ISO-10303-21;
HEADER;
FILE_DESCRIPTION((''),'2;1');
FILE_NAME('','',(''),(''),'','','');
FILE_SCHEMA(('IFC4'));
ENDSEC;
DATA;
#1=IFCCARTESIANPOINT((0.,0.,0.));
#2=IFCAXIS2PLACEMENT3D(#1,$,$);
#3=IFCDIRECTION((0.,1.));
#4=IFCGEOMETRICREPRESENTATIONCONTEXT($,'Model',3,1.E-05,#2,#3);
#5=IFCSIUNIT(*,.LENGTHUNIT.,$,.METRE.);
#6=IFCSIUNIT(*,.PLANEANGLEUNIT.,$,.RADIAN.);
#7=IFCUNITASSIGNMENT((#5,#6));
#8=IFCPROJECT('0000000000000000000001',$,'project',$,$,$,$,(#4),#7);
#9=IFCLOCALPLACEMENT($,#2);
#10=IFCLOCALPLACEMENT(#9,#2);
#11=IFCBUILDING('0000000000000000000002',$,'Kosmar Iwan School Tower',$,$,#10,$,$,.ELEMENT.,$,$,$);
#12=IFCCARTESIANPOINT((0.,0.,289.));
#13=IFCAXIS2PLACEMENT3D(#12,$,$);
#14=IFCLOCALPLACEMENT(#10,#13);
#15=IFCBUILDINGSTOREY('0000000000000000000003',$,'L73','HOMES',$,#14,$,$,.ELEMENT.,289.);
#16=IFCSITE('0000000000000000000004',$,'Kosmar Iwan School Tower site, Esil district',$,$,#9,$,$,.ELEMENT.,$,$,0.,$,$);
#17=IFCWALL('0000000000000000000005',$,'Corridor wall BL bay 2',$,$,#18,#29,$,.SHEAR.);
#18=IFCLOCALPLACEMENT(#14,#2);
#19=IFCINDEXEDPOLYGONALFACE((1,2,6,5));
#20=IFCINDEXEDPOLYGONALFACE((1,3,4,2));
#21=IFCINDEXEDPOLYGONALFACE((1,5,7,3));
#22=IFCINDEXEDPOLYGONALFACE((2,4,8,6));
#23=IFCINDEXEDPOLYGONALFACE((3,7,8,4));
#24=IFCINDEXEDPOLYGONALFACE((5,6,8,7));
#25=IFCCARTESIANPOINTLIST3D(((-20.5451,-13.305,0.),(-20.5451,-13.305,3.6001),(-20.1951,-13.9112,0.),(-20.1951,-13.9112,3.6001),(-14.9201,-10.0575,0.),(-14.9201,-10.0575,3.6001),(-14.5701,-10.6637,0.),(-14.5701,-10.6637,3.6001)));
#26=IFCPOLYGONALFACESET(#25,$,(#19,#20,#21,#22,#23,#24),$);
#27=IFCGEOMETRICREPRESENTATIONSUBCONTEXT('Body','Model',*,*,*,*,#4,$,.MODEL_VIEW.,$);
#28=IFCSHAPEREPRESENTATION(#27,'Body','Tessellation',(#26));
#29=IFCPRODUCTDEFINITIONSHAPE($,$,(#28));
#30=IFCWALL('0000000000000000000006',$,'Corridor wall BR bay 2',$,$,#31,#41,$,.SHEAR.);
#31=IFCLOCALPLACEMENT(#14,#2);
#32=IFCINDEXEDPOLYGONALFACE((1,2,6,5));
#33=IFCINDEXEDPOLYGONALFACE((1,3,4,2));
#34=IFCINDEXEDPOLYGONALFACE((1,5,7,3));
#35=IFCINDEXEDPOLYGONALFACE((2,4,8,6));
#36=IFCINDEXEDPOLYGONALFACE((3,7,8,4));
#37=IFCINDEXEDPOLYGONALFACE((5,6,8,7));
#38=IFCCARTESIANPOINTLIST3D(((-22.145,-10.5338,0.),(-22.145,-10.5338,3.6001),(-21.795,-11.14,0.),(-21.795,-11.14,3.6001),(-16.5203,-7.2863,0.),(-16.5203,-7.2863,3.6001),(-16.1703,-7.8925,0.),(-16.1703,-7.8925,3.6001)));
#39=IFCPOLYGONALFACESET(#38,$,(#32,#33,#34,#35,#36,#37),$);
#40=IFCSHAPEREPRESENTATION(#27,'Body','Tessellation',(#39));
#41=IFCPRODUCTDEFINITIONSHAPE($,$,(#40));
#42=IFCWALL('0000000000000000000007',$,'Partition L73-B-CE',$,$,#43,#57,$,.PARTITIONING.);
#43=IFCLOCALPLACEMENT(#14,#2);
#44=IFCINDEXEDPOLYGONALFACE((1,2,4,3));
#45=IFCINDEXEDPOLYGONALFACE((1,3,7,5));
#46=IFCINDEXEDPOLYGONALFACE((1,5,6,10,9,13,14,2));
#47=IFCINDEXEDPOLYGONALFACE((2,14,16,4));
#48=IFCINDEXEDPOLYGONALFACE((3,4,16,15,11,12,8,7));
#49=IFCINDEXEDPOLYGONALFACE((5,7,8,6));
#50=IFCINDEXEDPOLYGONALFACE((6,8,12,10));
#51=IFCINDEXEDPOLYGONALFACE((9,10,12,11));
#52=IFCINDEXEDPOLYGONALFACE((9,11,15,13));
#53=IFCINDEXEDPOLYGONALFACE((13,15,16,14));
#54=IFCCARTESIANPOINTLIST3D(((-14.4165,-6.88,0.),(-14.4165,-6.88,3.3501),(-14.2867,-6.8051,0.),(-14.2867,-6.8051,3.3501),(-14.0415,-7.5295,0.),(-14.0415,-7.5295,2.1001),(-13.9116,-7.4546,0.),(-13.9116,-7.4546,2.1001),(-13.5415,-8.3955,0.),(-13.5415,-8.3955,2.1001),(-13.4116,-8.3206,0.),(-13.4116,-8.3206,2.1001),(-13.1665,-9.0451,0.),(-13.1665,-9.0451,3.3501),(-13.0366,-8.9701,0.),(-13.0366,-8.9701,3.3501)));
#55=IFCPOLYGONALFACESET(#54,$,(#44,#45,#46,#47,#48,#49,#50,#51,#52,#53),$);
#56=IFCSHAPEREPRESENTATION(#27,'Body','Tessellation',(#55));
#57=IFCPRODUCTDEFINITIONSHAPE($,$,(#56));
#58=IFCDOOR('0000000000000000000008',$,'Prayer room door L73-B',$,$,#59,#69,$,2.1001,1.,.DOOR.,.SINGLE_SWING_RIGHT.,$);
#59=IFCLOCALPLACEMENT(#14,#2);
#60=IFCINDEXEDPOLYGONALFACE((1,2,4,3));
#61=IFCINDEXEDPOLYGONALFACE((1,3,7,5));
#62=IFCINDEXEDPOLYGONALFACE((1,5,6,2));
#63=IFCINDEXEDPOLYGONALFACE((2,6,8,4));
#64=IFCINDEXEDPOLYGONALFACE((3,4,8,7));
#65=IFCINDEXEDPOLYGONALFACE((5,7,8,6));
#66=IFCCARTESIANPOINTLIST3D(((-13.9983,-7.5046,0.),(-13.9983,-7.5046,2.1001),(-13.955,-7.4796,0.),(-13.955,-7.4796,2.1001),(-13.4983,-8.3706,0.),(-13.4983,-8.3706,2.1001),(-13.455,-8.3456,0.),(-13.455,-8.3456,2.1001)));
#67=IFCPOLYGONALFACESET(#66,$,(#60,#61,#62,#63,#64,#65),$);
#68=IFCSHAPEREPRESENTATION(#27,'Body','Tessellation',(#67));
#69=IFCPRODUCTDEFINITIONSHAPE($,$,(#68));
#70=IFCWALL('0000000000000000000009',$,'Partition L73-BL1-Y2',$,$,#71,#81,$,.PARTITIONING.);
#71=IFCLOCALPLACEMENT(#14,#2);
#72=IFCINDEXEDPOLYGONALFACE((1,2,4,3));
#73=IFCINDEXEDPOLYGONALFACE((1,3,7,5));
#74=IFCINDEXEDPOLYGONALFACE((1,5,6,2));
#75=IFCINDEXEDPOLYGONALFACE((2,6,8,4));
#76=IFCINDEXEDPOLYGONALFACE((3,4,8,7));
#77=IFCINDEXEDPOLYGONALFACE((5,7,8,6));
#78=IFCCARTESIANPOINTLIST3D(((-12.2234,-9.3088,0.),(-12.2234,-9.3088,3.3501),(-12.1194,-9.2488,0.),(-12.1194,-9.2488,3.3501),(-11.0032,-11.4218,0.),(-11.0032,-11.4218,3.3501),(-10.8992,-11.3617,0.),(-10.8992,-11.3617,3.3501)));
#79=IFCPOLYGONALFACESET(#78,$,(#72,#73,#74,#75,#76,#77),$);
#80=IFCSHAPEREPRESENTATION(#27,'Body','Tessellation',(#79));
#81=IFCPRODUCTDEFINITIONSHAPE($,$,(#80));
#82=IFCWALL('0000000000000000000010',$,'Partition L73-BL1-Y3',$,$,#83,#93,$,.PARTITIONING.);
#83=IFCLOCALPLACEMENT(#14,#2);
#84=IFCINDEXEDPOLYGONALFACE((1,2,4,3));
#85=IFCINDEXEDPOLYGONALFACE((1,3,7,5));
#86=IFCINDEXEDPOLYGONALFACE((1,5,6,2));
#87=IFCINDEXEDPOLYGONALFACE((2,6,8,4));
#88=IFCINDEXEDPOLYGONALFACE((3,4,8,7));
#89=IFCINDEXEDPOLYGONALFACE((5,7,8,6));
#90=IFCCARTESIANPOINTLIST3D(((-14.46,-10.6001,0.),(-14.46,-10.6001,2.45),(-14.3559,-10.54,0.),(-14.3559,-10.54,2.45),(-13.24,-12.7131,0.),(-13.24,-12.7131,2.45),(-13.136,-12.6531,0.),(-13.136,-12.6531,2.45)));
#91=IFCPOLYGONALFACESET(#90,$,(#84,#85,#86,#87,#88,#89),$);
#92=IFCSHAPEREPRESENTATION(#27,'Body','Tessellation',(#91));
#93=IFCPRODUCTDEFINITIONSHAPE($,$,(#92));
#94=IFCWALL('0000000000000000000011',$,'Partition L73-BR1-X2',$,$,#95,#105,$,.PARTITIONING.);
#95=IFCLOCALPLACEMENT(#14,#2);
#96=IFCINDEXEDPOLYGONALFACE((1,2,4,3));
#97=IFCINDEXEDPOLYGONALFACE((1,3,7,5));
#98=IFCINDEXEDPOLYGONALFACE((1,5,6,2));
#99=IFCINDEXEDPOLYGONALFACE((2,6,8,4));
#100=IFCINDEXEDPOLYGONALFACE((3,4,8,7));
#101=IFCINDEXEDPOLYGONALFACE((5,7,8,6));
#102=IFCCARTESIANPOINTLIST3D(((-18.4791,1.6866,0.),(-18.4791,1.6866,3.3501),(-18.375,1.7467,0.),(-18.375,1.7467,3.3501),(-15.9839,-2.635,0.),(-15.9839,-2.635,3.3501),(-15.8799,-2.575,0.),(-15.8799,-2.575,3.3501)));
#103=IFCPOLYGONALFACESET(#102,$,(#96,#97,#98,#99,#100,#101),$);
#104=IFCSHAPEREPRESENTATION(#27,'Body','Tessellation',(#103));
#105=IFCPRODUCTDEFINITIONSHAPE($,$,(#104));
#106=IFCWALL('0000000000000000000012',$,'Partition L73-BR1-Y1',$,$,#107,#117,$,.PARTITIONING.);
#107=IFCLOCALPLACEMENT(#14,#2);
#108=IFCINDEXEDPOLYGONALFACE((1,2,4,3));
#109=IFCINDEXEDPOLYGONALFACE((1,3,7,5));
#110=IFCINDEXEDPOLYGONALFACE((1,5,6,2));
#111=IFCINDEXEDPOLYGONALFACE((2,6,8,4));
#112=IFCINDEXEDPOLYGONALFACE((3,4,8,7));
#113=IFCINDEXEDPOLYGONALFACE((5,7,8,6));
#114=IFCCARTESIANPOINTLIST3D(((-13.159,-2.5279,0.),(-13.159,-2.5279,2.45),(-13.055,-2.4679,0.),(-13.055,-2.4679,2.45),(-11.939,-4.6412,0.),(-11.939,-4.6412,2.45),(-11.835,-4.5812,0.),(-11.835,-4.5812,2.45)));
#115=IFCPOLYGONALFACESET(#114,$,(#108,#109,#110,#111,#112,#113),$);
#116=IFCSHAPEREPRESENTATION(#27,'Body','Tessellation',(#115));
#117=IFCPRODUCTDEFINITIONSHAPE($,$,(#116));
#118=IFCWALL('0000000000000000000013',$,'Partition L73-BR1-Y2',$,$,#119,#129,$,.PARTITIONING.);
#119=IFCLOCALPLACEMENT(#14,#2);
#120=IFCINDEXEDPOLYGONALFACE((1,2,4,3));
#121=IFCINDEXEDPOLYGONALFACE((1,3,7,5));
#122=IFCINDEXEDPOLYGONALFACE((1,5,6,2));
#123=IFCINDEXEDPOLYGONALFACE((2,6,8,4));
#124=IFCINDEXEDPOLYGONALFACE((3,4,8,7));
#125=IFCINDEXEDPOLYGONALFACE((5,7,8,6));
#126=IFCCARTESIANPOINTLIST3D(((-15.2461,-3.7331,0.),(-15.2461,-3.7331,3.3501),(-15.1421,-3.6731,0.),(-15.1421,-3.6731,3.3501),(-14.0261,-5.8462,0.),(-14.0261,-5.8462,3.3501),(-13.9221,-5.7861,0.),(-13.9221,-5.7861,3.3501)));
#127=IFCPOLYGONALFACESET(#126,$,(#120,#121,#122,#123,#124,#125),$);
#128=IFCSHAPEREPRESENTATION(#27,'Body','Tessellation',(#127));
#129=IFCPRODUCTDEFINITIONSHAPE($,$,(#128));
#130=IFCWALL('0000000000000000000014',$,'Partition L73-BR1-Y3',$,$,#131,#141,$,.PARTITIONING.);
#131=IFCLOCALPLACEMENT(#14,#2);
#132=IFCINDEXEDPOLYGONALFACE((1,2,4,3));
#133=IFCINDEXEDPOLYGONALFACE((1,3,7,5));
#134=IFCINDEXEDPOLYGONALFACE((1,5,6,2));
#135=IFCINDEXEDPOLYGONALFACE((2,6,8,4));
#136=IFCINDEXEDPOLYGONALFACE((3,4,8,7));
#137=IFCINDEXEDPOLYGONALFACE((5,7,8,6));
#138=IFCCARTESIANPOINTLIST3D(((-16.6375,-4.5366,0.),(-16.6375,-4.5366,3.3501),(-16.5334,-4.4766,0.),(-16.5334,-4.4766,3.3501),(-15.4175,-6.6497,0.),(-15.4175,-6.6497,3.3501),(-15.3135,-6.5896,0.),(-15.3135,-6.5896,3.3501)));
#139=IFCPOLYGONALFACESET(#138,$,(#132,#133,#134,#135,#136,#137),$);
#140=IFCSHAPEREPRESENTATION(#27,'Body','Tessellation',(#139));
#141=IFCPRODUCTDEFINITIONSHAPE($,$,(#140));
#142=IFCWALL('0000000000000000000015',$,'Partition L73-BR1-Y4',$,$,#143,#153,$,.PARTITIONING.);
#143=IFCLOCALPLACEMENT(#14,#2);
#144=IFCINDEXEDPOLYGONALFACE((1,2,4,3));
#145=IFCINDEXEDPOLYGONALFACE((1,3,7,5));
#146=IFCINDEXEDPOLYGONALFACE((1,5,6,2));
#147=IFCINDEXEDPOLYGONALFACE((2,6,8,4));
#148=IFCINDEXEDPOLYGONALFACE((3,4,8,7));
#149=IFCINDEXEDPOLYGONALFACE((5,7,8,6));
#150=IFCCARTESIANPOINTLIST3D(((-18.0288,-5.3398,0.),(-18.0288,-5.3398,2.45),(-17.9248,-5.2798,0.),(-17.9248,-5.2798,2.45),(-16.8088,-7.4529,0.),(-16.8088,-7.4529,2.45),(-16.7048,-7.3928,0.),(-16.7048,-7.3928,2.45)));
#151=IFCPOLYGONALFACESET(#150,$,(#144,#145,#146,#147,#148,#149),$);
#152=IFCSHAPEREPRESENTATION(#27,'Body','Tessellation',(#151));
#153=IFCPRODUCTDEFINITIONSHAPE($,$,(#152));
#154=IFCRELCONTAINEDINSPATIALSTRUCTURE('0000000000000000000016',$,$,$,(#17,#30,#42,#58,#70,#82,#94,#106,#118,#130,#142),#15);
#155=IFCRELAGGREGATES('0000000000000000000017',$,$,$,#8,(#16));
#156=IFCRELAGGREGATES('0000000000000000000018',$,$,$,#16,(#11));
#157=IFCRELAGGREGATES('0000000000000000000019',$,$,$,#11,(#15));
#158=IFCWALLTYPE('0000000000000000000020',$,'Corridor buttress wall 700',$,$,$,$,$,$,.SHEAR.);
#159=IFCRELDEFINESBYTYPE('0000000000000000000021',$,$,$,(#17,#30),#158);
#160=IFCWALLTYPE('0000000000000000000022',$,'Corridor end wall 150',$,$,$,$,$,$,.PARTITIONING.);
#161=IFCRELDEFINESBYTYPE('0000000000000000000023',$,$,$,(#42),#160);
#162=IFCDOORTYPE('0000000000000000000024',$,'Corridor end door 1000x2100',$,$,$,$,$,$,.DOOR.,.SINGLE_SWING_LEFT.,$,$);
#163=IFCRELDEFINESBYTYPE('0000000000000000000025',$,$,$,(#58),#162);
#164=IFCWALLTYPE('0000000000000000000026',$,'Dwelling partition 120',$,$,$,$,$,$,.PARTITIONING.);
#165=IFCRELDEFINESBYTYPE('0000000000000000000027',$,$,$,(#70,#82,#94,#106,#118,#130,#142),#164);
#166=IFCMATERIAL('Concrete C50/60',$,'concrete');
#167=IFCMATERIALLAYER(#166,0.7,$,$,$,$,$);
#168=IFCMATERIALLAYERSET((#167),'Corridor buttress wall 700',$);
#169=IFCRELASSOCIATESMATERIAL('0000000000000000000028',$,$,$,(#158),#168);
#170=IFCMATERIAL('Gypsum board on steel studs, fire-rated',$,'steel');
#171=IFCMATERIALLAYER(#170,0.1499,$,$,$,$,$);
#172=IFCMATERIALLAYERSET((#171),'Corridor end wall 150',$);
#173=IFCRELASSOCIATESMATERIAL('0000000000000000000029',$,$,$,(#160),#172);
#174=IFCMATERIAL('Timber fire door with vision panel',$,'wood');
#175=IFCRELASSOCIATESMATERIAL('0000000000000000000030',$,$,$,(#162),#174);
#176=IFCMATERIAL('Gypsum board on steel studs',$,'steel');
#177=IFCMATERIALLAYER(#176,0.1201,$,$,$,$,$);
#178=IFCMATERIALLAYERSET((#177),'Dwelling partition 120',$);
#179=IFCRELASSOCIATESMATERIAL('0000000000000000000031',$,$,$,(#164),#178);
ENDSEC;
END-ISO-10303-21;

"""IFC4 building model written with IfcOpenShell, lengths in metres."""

from ifc_helpers import new_model, si_unit, direction, frame, frame_2d, origin, place, context, subcontext, project, spatial, rectangle, extrude, material, layer, layer_set, type_object, element, fill, save


model = new_model("IFC4")

# Units and contexts
model_context = context("Model", 3, precision=1e-05, world=origin(), true_north=direction((0.0, 1.0)))
body_context = subcontext(model_context, "Body", "Model", "MODEL_VIEW")
ifc_project = project(units=[si_unit("LENGTHUNIT", "METRE"), si_unit("PLANEANGLEUNIT", "RADIAN")], contexts=[model_context])

# Site, building, storey
site_placement = place(None, origin())
site = spatial("IfcSite", under=ifc_project, at=site_placement, Name="Kosmar Iwan School Tower site, Esil district", CompositionType="ELEMENT", RefElevation=0.0)
building_placement = place(site_placement, origin())
building = spatial("IfcBuilding", under=site, at=building_placement, Name="Kosmar Iwan School Tower", CompositionType="ELEMENT")
storey_placement = place(building_placement, frame((0.0, 0.0, 289.0)))
storey = spatial("IfcBuildingStorey", under=building, at=storey_placement, Name="L73", Description="HOMES", CompositionType="ELEMENT", Elevation=289.0)

# Walls
ifc_material_1 = material(Name="Concrete C50/60", Category="concrete")
ifc_layer_1 = layer(ifc_material_1, 0.7)
ifc_layer_set_1 = layer_set([ifc_layer_1], Name="Corridor buttress wall 700")
wall_type_1 = type_object("IfcWallType", Name="Corridor buttress wall 700", PredefinedType="SHEAR", material=ifc_layer_set_1)
wall_1_placement = place(storey_placement, frame((-14.7451, -10.3606, 0.0), z_axis=(0.0, 0.0, 1.0), x_axis=(-0.866028, -0.499996, 0.0)))
element("IfcWall", 1, at=wall_1_placement, inside=storey, type_object=wall_type_1, Name="Corridor wall BL bay 2", PredefinedType="SHEAR", context=body_context, shape_type="SweptSolid", body=[
    extrude(rectangle(XDim=6.4951, YDim=0.7, at=frame_2d((3.2476, 0.0))), origin(), (0.0, 0.0, 1.0), 3.6001),
])
wall_2_placement = place(storey_placement, frame((-16.3452, -7.5894, 0.0), z_axis=(0.0, 0.0, 1.0), x_axis=(-0.866018, -0.500012, 0.0)))
element("IfcWall", 2, at=wall_2_placement, inside=storey, type_object=wall_type_1, Name="Corridor wall BR bay 2", PredefinedType="SHEAR", context=body_context, shape_type="SweptSolid", body=[
    extrude(rectangle(XDim=6.4949, YDim=0.7, at=frame_2d((3.2476, 0.0))), origin(), (0.0, 0.0, 1.0), 3.6001),
])

# Wall, opening, door
ifc_material_2 = material(Name="Gypsum board on steel studs, fire-rated", Category="steel")
ifc_layer_2 = layer(ifc_material_2, 0.1499)
ifc_layer_set_2 = layer_set([ifc_layer_2], Name="Corridor end wall 150")
wall_type_2 = type_object("IfcWallType", Name="Corridor end wall 150", PredefinedType="PARTITIONING", material=ifc_layer_set_2)
wall_3_placement = place(storey_placement, frame((-14.3516, -6.8425, 0.0), z_axis=(0.0, 0.0, 1.0), x_axis=(0.500004, -0.866023, 0.0)))
wall_3 = element("IfcWall", 3, at=wall_3_placement, inside=storey, type_object=wall_type_2, Name="Partition L73-B-CE", PredefinedType="PARTITIONING", context=body_context, shape_type="SweptSolid", body=[
    extrude(rectangle(XDim=2.5, YDim=0.1499, at=frame_2d((1.25, 0.0))), origin(), (0.0, 0.0, 1.0), 3.3501),
])
opening_placement = place(wall_3_placement, frame((0.75, 0.0, 0.0)))
opening = element("IfcOpeningElement", 4, at=opening_placement, cuts=wall_3, PredefinedType="OPENING", context=body_context, shape_type="SweptSolid", body=[
    extrude(rectangle(XDim=1.0, YDim=2.1001, at=frame_2d((0.5, 1.05))), frame((0.0, 0.0869, 0.0), z_axis=(0.0, -1.0, 0.0), x_axis=(1.0, 0.0, 0.0)), (0.0, 0.0, 1.0), 0.1738),
])
ifc_material_3 = material(Name="Timber fire door with vision panel", Category="wood")
door_type = type_object("IfcDoorType", Name="Corridor end door 1000x2100", OperationType="SINGLE_SWING_LEFT", PredefinedType="DOOR", material=ifc_material_3)
door_placement = place(opening_placement, origin())
door = element("IfcDoor", 5, at=door_placement, inside=storey, type_object=door_type, Name="Prayer room door L73-B", OperationType="SINGLE_SWING_RIGHT", OverallHeight=2.1001, OverallWidth=1.0, PredefinedType="DOOR", context=body_context, shape_type="SweptSolid", body=[
    extrude(rectangle(XDim=1.0, YDim=2.1001, at=frame_2d((0.5, 1.05))), frame((0.0, 0.0249, 0.0), z_axis=(0.0, -1.0, 0.0), x_axis=(1.0, 0.0, 0.0)), (0.0, 0.0, 1.0), 0.05),
])
fill(opening, door)

# Walls
ifc_material_4 = material(Name="Gypsum board on steel studs", Category="steel")
ifc_layer_3 = layer(ifc_material_4, 0.1201)
ifc_layer_set_3 = layer_set([ifc_layer_3], Name="Dwelling partition 120")
wall_type_3 = type_object("IfcWallType", Name="Dwelling partition 120", PredefinedType="PARTITIONING", material=ifc_layer_set_3)
wall_4_placement = place(storey_placement, frame((-12.1714, -9.2788, 0.0), z_axis=(0.0, 0.0, 1.0), x_axis=(0.500078, -0.865981, 0.0)))
element("IfcWall", 6, at=wall_4_placement, inside=storey, type_object=wall_type_3, Name="Partition L73-BL1-Y2", PredefinedType="PARTITIONING", context=body_context, shape_type="SweptSolid", body=[
    extrude(rectangle(XDim=2.4399, YDim=0.1201, at=frame_2d((1.22, 0.0))), origin(), (0.0, 0.0, 1.0), 3.3501),
])
wall_5_placement = place(storey_placement, frame((-14.408, -10.5701, 0.0), z_axis=(0.0, 0.0, 1.0), x_axis=(0.500003, -0.866024, 0.0)))
element("IfcWall", 7, at=wall_5_placement, inside=storey, type_object=wall_type_3, Name="Partition L73-BL1-Y3", PredefinedType="PARTITIONING", context=body_context, shape_type="SweptSolid", body=[
    extrude(rectangle(XDim=2.4399, YDim=0.1201, at=frame_2d((1.22, 0.0))), origin(), (0.0, 0.0, 1.0), 2.45),
])
wall_6_placement = place(storey_placement, frame((-15.9319, -2.605, 0.0), z_axis=(0.0, 0.0, 1.0), x_axis=(-0.500012, 0.866019, 0.0)))
element("IfcWall", 8, at=wall_6_placement, inside=storey, type_object=wall_type_3, Name="Partition L73-BR1-X2", PredefinedType="PARTITIONING", context=body_context, shape_type="SweptSolid", body=[
    extrude(rectangle(XDim=4.9902, YDim=0.1201, at=frame_2d((2.4951, 0.0))), origin(), (0.0, 0.0, 1.0), 3.3501),
])
wall_7_placement = place(storey_placement, frame((-11.887, -4.6113, 0.0), z_axis=(0.0, 0.0, 1.0), x_axis=(-0.499959, 0.866049, 0.0)))
element("IfcWall", 9, at=wall_7_placement, inside=storey, type_object=wall_type_3, Name="Partition L73-BR1-Y1", PredefinedType="PARTITIONING", context=body_context, shape_type="SweptSolid", body=[
    extrude(rectangle(XDim=2.4402, YDim=0.1201, at=frame_2d((1.2202, 0.0))), origin(), (0.0, 0.0, 1.0), 2.45),
])
for number, where, z_axis, x_axis, name in (
    (10, (-13.9741, -5.8162, 0.0), (0.0, 0.0, 1.0), (-0.500003, 0.866024, 0.0), "Partition L73-BR1-Y2"),
    (11, (-15.3655, -6.6196, 0.0), (0.0, 0.0, 1.0), (-0.500003, 0.866024, 0.0), "Partition L73-BR1-Y3"),
):
    element("IfcWall", number, at=place(storey_placement, frame(where, z_axis=z_axis, x_axis=x_axis)), inside=storey, type_object=wall_type_3, Name=name, PredefinedType="PARTITIONING", context=body_context, shape_type="SweptSolid", body=[
        extrude(rectangle(XDim=2.4399, YDim=0.1201, at=frame_2d((1.22, 0.0))), origin(), (0.0, 0.0, 1.0), 3.3501),
    ])
wall_8_placement = place(storey_placement, frame((-16.7568, -7.4229, 0.0), z_axis=(0.0, 0.0, 1.0), x_axis=(-0.500003, 0.866024, 0.0)))
element("IfcWall", 12, at=wall_8_placement, inside=storey, type_object=wall_type_3, Name="Partition L73-BR1-Y4", PredefinedType="PARTITIONING", context=body_context, shape_type="SweptSolid", body=[
    extrude(rectangle(XDim=2.4399, YDim=0.1201, at=frame_2d((1.22, 0.0))), origin(), (0.0, 0.0, 1.0), 2.45),
])

save(model, "model.ifc")
